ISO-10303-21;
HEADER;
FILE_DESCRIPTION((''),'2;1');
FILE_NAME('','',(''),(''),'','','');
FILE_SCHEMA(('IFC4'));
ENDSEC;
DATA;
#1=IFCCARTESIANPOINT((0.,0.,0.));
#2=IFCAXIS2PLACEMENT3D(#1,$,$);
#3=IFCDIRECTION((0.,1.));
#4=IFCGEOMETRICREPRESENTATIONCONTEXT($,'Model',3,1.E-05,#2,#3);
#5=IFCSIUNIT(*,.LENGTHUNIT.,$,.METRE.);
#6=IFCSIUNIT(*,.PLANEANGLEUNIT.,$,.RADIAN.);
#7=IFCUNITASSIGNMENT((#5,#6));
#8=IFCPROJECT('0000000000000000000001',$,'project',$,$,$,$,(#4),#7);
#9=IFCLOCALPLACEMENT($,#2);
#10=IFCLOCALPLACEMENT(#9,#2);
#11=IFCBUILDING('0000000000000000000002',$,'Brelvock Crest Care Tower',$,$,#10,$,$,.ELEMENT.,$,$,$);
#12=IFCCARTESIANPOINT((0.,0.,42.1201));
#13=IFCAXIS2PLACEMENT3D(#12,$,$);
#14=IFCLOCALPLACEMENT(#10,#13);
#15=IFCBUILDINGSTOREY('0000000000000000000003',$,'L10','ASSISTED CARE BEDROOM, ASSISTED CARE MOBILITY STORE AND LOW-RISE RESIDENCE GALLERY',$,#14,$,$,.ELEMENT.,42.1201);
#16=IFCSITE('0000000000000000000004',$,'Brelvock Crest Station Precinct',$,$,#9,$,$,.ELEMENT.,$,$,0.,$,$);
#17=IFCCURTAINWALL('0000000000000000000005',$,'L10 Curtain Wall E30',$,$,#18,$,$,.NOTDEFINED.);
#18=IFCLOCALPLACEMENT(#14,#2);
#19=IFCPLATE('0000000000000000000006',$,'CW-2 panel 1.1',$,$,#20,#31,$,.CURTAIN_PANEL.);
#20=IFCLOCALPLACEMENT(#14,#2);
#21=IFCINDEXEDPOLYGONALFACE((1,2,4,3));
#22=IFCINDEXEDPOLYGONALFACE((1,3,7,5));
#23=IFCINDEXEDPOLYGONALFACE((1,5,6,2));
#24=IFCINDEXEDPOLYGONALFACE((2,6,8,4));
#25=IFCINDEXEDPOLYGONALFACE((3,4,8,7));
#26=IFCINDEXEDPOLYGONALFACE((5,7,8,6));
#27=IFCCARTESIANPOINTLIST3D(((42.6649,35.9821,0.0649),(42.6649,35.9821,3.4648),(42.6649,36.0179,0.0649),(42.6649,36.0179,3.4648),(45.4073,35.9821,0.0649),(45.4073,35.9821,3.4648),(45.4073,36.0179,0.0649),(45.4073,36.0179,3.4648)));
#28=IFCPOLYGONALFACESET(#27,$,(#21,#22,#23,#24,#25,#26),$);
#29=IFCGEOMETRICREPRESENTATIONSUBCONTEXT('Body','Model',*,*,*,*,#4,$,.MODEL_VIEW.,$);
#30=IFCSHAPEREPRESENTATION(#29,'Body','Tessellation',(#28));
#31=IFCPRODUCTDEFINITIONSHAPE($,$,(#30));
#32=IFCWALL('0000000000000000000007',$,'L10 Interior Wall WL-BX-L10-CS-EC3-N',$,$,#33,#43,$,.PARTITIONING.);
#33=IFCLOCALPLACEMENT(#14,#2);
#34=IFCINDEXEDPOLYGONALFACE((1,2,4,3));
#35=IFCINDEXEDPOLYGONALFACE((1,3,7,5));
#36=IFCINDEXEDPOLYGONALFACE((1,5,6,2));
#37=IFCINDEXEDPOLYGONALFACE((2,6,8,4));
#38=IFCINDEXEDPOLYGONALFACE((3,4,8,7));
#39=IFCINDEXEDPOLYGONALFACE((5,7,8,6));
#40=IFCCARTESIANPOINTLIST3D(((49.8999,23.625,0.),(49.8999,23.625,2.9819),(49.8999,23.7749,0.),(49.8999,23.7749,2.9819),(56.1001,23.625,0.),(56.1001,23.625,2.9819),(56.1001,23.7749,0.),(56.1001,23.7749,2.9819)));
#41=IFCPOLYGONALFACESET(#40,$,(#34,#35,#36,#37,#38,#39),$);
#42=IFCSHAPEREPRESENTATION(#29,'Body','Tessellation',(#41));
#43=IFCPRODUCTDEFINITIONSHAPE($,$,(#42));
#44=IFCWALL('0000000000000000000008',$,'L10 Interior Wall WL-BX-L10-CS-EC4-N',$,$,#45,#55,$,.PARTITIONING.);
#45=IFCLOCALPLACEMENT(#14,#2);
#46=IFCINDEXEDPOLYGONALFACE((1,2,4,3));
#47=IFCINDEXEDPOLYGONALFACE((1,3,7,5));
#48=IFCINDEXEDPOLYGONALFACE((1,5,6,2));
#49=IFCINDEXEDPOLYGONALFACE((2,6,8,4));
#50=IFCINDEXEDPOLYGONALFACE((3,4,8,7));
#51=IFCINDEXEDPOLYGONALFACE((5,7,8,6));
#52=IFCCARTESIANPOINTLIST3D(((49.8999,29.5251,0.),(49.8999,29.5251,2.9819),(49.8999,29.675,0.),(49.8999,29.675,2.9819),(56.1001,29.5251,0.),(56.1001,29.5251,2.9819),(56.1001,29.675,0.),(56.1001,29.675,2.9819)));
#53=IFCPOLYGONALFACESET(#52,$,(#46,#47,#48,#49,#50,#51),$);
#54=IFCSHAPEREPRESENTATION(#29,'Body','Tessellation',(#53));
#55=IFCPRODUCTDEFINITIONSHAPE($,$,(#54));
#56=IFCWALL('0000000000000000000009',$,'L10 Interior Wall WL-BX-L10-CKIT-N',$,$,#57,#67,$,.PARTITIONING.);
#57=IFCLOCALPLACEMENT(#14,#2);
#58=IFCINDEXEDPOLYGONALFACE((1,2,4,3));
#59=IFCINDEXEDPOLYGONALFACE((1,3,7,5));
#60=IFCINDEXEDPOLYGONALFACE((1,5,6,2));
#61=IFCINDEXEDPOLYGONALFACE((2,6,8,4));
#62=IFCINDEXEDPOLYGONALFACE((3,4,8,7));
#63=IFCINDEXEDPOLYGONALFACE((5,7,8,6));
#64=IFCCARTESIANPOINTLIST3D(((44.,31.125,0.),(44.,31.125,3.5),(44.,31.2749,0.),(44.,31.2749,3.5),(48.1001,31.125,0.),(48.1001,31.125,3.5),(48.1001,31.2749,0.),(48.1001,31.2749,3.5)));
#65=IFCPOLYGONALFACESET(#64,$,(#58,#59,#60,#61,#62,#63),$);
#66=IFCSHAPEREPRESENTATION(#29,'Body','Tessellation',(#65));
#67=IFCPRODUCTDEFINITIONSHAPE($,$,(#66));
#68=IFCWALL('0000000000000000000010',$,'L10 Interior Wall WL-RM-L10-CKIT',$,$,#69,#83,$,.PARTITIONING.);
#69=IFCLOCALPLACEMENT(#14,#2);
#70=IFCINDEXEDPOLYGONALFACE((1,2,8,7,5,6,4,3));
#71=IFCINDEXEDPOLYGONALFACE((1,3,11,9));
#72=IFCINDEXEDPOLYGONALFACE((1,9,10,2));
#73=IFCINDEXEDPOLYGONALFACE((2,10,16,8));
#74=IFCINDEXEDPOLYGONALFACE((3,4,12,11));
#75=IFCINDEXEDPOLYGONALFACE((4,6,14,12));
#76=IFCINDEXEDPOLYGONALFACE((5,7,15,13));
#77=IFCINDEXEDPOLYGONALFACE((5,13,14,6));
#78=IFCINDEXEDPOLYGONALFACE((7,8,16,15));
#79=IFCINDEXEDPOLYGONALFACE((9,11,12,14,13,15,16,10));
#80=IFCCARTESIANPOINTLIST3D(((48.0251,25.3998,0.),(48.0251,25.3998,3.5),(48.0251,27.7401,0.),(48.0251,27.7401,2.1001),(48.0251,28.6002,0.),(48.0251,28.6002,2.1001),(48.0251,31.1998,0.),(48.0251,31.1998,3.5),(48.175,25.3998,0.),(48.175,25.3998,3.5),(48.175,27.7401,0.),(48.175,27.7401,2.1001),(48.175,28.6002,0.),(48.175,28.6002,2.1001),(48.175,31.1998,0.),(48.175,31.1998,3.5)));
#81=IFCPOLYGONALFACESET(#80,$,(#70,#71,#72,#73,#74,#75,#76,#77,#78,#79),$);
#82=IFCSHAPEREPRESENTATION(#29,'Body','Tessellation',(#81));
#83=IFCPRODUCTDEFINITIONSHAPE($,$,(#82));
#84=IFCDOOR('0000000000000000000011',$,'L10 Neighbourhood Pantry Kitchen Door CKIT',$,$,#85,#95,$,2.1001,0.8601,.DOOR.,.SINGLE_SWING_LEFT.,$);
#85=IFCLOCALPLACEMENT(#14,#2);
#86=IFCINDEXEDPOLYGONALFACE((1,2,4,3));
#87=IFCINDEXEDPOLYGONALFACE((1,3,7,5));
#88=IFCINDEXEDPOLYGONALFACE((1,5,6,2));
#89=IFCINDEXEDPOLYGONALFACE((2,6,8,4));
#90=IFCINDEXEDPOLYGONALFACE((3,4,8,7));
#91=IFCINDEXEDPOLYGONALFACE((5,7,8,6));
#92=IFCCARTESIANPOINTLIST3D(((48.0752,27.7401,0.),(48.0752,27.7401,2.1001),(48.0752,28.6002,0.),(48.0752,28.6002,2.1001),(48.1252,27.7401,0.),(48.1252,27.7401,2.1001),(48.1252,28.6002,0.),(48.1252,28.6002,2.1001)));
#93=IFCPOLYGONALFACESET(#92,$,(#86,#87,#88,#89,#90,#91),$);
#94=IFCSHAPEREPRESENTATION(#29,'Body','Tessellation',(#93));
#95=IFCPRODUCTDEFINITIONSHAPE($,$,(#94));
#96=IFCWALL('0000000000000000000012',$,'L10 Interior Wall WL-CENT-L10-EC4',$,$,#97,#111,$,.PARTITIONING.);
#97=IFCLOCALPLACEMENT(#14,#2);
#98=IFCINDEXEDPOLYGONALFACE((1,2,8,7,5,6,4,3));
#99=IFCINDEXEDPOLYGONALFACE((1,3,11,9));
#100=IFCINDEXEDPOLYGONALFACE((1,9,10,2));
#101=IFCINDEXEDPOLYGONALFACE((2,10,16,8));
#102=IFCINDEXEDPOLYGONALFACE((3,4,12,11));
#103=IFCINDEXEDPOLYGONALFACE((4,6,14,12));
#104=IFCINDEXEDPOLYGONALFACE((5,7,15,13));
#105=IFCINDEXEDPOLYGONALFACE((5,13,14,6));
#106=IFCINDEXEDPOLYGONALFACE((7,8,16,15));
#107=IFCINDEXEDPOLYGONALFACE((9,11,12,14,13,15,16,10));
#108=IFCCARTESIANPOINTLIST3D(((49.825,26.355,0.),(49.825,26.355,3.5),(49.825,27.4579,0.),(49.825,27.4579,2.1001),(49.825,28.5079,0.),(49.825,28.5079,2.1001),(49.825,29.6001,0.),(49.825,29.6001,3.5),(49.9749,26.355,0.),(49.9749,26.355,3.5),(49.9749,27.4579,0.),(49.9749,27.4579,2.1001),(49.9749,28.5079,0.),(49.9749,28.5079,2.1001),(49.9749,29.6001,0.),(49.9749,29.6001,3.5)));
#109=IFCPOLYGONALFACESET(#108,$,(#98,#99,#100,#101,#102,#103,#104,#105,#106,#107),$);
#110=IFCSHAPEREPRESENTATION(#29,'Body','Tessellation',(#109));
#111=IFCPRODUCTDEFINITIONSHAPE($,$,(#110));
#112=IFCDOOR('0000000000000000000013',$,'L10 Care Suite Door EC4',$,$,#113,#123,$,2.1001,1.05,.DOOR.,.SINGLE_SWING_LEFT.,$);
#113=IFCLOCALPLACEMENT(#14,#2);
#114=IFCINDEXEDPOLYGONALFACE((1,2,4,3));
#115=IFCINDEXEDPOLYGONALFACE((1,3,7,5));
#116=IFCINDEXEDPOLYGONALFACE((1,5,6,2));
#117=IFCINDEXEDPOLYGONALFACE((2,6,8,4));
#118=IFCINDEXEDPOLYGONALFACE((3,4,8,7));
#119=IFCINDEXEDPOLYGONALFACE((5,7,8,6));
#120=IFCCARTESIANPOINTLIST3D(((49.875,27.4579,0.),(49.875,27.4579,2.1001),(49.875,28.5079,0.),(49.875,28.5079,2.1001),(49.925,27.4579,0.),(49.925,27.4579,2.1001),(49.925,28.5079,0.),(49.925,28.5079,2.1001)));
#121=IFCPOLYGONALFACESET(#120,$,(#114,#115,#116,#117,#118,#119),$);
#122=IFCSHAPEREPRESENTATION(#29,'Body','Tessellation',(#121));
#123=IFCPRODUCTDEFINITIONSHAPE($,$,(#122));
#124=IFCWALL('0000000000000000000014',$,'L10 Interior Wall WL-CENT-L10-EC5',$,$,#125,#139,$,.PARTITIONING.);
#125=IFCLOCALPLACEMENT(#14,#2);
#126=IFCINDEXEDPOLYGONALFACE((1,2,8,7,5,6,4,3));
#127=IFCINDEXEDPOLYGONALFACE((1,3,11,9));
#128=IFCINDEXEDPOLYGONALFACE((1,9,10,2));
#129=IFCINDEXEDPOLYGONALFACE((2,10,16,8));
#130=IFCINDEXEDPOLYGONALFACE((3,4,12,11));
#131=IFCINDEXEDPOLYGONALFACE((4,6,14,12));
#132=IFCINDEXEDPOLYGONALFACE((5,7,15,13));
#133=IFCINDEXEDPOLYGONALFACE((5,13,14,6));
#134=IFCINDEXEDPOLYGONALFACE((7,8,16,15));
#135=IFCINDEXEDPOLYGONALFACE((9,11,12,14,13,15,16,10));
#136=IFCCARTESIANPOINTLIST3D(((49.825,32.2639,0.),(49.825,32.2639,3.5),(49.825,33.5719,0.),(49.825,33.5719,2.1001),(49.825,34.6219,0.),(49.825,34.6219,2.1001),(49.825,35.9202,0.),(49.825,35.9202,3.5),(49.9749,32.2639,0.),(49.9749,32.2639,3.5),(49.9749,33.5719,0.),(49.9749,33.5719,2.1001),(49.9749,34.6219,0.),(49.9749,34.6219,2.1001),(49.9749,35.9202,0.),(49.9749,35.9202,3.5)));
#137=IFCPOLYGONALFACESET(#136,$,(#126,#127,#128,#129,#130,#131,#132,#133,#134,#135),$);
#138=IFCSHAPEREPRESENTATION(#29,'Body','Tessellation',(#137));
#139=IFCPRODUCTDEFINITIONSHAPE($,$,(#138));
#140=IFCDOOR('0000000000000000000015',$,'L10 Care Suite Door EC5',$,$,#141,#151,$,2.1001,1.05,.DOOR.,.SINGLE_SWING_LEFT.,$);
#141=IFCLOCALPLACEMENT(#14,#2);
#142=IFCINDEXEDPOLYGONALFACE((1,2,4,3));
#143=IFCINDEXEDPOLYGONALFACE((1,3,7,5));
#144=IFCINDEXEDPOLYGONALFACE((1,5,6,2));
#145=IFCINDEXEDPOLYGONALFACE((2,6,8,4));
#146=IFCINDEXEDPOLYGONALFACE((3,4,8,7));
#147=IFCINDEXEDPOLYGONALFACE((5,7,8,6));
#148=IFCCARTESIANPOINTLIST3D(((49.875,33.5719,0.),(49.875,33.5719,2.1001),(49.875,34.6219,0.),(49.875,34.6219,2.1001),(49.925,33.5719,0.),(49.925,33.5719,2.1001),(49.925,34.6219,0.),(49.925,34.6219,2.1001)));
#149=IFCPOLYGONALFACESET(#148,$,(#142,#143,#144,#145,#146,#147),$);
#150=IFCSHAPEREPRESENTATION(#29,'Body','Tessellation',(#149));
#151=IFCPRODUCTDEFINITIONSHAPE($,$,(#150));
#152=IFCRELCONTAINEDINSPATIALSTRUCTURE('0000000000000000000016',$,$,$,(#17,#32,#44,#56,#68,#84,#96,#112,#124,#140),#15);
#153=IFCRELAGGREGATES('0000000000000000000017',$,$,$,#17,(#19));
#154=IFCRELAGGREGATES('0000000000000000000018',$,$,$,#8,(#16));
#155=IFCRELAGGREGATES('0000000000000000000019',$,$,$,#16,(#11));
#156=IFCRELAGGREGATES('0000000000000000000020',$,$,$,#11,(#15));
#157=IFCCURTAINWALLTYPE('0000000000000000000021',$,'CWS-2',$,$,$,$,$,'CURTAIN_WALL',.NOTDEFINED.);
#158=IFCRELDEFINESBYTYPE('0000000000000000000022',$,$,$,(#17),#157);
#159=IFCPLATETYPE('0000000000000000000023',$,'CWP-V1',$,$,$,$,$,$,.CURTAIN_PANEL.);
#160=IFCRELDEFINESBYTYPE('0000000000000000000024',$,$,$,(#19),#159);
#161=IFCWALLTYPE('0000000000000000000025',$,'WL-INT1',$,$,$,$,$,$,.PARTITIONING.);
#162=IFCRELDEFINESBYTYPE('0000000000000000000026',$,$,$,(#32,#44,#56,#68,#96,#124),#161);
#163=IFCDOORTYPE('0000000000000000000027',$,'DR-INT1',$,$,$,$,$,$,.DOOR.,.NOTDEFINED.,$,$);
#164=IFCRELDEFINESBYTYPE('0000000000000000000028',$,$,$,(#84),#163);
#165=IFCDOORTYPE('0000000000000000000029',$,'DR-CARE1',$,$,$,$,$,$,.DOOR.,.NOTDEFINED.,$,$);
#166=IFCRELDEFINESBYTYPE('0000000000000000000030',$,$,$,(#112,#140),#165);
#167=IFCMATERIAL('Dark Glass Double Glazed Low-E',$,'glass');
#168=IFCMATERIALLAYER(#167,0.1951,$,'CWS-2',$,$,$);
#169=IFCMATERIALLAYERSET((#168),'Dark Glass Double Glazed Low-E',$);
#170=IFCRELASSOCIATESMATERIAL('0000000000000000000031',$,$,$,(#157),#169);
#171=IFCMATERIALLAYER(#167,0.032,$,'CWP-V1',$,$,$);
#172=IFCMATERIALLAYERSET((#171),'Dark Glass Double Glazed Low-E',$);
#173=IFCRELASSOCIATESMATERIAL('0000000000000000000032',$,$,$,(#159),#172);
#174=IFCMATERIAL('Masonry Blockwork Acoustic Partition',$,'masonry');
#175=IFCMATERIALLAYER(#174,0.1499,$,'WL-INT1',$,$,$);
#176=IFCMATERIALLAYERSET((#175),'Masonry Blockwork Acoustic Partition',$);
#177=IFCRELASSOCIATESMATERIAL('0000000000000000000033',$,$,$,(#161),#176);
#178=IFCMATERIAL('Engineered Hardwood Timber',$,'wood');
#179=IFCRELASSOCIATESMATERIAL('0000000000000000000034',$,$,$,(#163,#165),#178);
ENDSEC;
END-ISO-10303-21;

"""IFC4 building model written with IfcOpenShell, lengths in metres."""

from ifc_helpers import new_model, si_unit, direction, frame, frame_2d, origin, origin_2d, place, context, subcontext, project, spatial, rectangle, extrude, source, transform, mapped, material, layer, layer_set, type_object, element, fill, aggregate, save


model = new_model("IFC4")

# Units and contexts
model_context = context("Model", 3, precision=1e-05, world=origin(), true_north=direction((0.0, 1.0)))
body_context = subcontext(model_context, "Body", "Model", "MODEL_VIEW")
ifc_project = project(units=[si_unit("LENGTHUNIT", "METRE"), si_unit("PLANEANGLEUNIT", "RADIAN")], contexts=[model_context])

# Site, building, storey
site_placement = place(None, origin())
site = spatial("IfcSite", under=ifc_project, at=site_placement, Name="Brelvock Crest Station Precinct", CompositionType="ELEMENT", RefElevation=0.0)
building_placement = place(site_placement, origin())
building = spatial("IfcBuilding", under=site, at=building_placement, Name="Brelvock Crest Care Tower", CompositionType="ELEMENT")
storey_placement = place(building_placement, frame((0.0, 0.0, 42.1201)))
storey = spatial("IfcBuildingStorey", under=building, at=storey_placement, Name="L10", Description="ASSISTED CARE BEDROOM, ASSISTED CARE MOBILITY STORE AND LOW-RISE RESIDENCE GALLERY", CompositionType="ELEMENT", Elevation=42.1201)

# Curtain wall, plate
ifc_material_1 = material(Name="Dark Glass Double Glazed Low-E", Category="glass")
ifc_layer_1 = layer(ifc_material_1, 0.1951, Name="CWS-2")
ifc_layer_set_1 = layer_set([ifc_layer_1], Name="Dark Glass Double Glazed Low-E")
curtain_wall_type = type_object("IfcCurtainWallType", Name="CWS-2", ElementType="CURTAIN_WALL", PredefinedType="NOTDEFINED", material=ifc_layer_set_1)
curtain_wall_placement = place(storey_placement, origin())
curtain_wall = element("IfcCurtainWall", 1, at=curtain_wall_placement, inside=storey, type_object=curtain_wall_type, Name="L10 Curtain Wall E30", PredefinedType="NOTDEFINED")
ifc_layer_2 = layer(ifc_material_1, 0.032, Name="CWP-V1")
ifc_layer_set_2 = layer_set([ifc_layer_2], Name="Dark Glass Double Glazed Low-E")
plate_type = type_object("IfcPlateType", Name="CWP-V1", PredefinedType="CURTAIN_PANEL", material=ifc_layer_set_2)
shared_shape_1 = source(origin(), body_context, "Body", "SweptSolid", [
    extrude(rectangle(XDim=2.7424, YDim=0.0359, at=origin_2d()), origin(), (0.0, 0.0, 1.0), 3.3999),
])
plate_placement = place(storey_placement, frame((44.0361, 36.0, 0.0649), z_axis=(0.0, 0.0, 1.0), x_axis=(1.0, 0.0, 0.0)))
plate = element("IfcPlate", 2, at=plate_placement, type_object=plate_type, Name="CW-2 panel 1.1", PredefinedType="CURTAIN_PANEL", context=body_context, shape_type="MappedRepresentation", body=[
    mapped(shared_shape_1, transform((0.0, 0.0, 0.0), x_axis=(1.0, 0.0, 0.0), y_axis=(0.0, 1.0, 0.0), z_axis=(0.0, 0.0, 1.0), scale=1.0)),
])
aggregate(curtain_wall, [plate])

# Walls
ifc_material_2 = material(Name="Masonry Blockwork Acoustic Partition", Category="masonry")
ifc_layer_3 = layer(ifc_material_2, 0.1499, Name="WL-INT1")
ifc_layer_set_3 = layer_set([ifc_layer_3], Name="Masonry Blockwork Acoustic Partition")
wall_type_1 = type_object("IfcWallType", Name="WL-INT1", PredefinedType="PARTITIONING", material=ifc_layer_set_3)
for number, where, z_axis, x_axis, name in (
    (3, (49.8999, 23.7, 0.0), (0.0, 0.0, 1.0), (1.0, 0.0, 0.0), "L10 Interior Wall WL-BX-L10-CS-EC3-N"),
    (4, (49.8999, 29.6001, 0.0), (0.0, 0.0, 1.0), (1.0, 0.0, 0.0), "L10 Interior Wall WL-BX-L10-CS-EC4-N"),
):
    element("IfcWall", number, at=place(storey_placement, frame(where, z_axis=z_axis, x_axis=x_axis)), inside=storey, type_object=wall_type_1, Name=name, PredefinedType="PARTITIONING", context=body_context, shape_type="SweptSolid", body=[
        extrude(rectangle(XDim=6.2002, YDim=0.1499, at=frame_2d((3.1001, 0.0))), origin(), (0.0, 0.0, 1.0), 2.9819),
    ])
wall_1_placement = place(storey_placement, frame((44.0, 31.2, 0.0), z_axis=(0.0, 0.0, 1.0), x_axis=(1.0, 0.0, 0.0)))
element("IfcWall", 5, at=wall_1_placement, inside=storey, type_object=wall_type_1, Name="L10 Interior Wall WL-BX-L10-CKIT-N", PredefinedType="PARTITIONING", context=body_context, shape_type="SweptSolid", body=[
    extrude(rectangle(XDim=4.1001, YDim=0.1499, at=frame_2d((2.05, 0.0))), origin(), (0.0, 0.0, 1.0), 3.5),
])

# Walls, openings, doors
wall_2_placement = place(storey_placement, frame((48.1001, 25.3999, 0.0), z_axis=(0.0, 0.0, 1.0), x_axis=(0.0, 1.0, 0.0)))
wall_2 = element("IfcWall", 6, at=wall_2_placement, inside=storey, type_object=wall_type_1, Name="L10 Interior Wall WL-RM-L10-CKIT", PredefinedType="PARTITIONING", context=body_context, shape_type="SweptSolid", body=[
    extrude(rectangle(XDim=5.8, YDim=0.1499, at=frame_2d((2.8999, 0.0))), origin(), (0.0, 0.0, 1.0), 3.5),
])
opening_1_placement = place(wall_2_placement, frame((2.3401, 0.0, 0.0)))
opening_1 = element("IfcOpeningElement", 7, at=opening_1_placement, cuts=wall_2, PredefinedType="OPENING", context=body_context, shape_type="SweptSolid", body=[
    extrude(rectangle(XDim=0.8601, YDim=2.1001, at=origin_2d()), frame((0.4302, 0.085, 1.05), z_axis=(0.0, -1.0, 0.0), x_axis=(1.0, 0.0, 0.0)), (0.0, 0.0, 1.0), 0.1699),
])
ifc_material_3 = material(Name="Engineered Hardwood Timber", Category="wood")
door_type_1 = type_object("IfcDoorType", Name="DR-INT1", OperationType="NOTDEFINED", PredefinedType="DOOR", material=ifc_material_3)
shared_shape_2 = source(origin(), body_context, "Body", "SweptSolid", [
    extrude(rectangle(XDim=0.8601, YDim=2.1001, at=origin_2d()), frame((0.4302, 0.0249, 1.05), z_axis=(0.0, -1.0, 0.0), x_axis=(1.0, 0.0, 0.0)), (0.0, 0.0, 1.0), 0.05),
])
door_1_placement = place(opening_1_placement, origin())
door_1 = element("IfcDoor", 8, at=door_1_placement, inside=storey, type_object=door_type_1, Name="L10 Neighbourhood Pantry Kitchen Door CKIT", OperationType="SINGLE_SWING_LEFT", OverallHeight=2.1001, OverallWidth=0.8601, PredefinedType="DOOR", context=body_context, shape_type="MappedRepresentation", body=[
    mapped(shared_shape_2, transform((0.0, 0.0, 0.0), x_axis=(1.0, 0.0, 0.0), y_axis=(0.0, 1.0, 0.0), z_axis=(0.0, 0.0, 1.0), scale=1.0)),
])
fill(opening_1, door_1)
wall_3_placement = place(storey_placement, frame((49.8999, 26.355, 0.0), z_axis=(0.0, 0.0, 1.0), x_axis=(0.0, 1.0, 0.0)))
wall_3 = element("IfcWall", 9, at=wall_3_placement, inside=storey, type_object=wall_type_1, Name="L10 Interior Wall WL-CENT-L10-EC4", PredefinedType="PARTITIONING", context=body_context, shape_type="SweptSolid", body=[
    extrude(rectangle(XDim=3.2451, YDim=0.1499, at=frame_2d((1.6226, 0.0))), origin(), (0.0, 0.0, 1.0), 3.5),
])
opening_2_placement = place(wall_3_placement, frame((1.103, 0.0, 0.0)))
opening_2 = element("IfcOpeningElement", 10, at=opening_2_placement, cuts=wall_3, PredefinedType="OPENING", context=body_context, shape_type="SweptSolid", body=[
    extrude(rectangle(XDim=1.05, YDim=2.1001, at=origin_2d()), frame((0.5249, 0.085, 1.05), z_axis=(0.0, -1.0, 0.0), x_axis=(1.0, 0.0, 0.0)), (0.0, 0.0, 1.0), 0.1699),
])
door_type_2 = type_object("IfcDoorType", Name="DR-CARE1", OperationType="NOTDEFINED", PredefinedType="DOOR", material=ifc_material_3)
shared_shape_3 = source(origin(), body_context, "Body", "SweptSolid", [
    extrude(rectangle(XDim=1.05, YDim=2.1001, at=origin_2d()), frame((0.5249, 0.0249, 1.05), z_axis=(0.0, -1.0, 0.0), x_axis=(1.0, 0.0, 0.0)), (0.0, 0.0, 1.0), 0.05),
])
door_2_placement = place(opening_2_placement, origin())
door_2 = element("IfcDoor", 11, at=door_2_placement, inside=storey, type_object=door_type_2, Name="L10 Care Suite Door EC4", OperationType="SINGLE_SWING_LEFT", OverallHeight=2.1001, OverallWidth=1.05, PredefinedType="DOOR", context=body_context, shape_type="MappedRepresentation", body=[
    mapped(shared_shape_3, transform((0.0, 0.0, 0.0), x_axis=(1.0, 0.0, 0.0), y_axis=(0.0, 1.0, 0.0), z_axis=(0.0, 0.0, 1.0), scale=1.0)),
])
fill(opening_2, door_2)
wall_4_placement = place(storey_placement, frame((49.8999, 32.2639, 0.0), z_axis=(0.0, 0.0, 1.0), x_axis=(0.0, 1.0, 0.0)))
wall_4 = element("IfcWall", 12, at=wall_4_placement, inside=storey, type_object=wall_type_1, Name="L10 Interior Wall WL-CENT-L10-EC5", PredefinedType="PARTITIONING", context=body_context, shape_type="SweptSolid", body=[
    extrude(rectangle(XDim=3.6562, YDim=0.1499, at=frame_2d((1.8281, 0.0))), origin(), (0.0, 0.0, 1.0), 3.5),
])
opening_3_placement = place(wall_4_placement, frame((1.3081, 0.0, 0.0)))
opening_3 = element("IfcOpeningElement", 13, at=opening_3_placement, cuts=wall_4, PredefinedType="OPENING", context=body_context, shape_type="SweptSolid", body=[
    extrude(rectangle(XDim=1.05, YDim=2.1001, at=origin_2d()), frame((0.5249, 0.085, 1.05), z_axis=(0.0, -1.0, 0.0), x_axis=(1.0, 0.0, 0.0)), (0.0, 0.0, 1.0), 0.1699),
])
door_3_placement = place(opening_3_placement, origin())
door_3 = element("IfcDoor", 14, at=door_3_placement, inside=storey, type_object=door_type_2, Name="L10 Care Suite Door EC5", OperationType="SINGLE_SWING_LEFT", OverallHeight=2.1001, OverallWidth=1.05, PredefinedType="DOOR", context=body_context, shape_type="MappedRepresentation", body=[
    mapped(shared_shape_3, transform((0.0, 0.0, 0.0), x_axis=(1.0, 0.0, 0.0), y_axis=(0.0, 1.0, 0.0), z_axis=(0.0, 0.0, 1.0), scale=1.0)),
])
fill(opening_3, door_3)

save(model, "model.ifc")
